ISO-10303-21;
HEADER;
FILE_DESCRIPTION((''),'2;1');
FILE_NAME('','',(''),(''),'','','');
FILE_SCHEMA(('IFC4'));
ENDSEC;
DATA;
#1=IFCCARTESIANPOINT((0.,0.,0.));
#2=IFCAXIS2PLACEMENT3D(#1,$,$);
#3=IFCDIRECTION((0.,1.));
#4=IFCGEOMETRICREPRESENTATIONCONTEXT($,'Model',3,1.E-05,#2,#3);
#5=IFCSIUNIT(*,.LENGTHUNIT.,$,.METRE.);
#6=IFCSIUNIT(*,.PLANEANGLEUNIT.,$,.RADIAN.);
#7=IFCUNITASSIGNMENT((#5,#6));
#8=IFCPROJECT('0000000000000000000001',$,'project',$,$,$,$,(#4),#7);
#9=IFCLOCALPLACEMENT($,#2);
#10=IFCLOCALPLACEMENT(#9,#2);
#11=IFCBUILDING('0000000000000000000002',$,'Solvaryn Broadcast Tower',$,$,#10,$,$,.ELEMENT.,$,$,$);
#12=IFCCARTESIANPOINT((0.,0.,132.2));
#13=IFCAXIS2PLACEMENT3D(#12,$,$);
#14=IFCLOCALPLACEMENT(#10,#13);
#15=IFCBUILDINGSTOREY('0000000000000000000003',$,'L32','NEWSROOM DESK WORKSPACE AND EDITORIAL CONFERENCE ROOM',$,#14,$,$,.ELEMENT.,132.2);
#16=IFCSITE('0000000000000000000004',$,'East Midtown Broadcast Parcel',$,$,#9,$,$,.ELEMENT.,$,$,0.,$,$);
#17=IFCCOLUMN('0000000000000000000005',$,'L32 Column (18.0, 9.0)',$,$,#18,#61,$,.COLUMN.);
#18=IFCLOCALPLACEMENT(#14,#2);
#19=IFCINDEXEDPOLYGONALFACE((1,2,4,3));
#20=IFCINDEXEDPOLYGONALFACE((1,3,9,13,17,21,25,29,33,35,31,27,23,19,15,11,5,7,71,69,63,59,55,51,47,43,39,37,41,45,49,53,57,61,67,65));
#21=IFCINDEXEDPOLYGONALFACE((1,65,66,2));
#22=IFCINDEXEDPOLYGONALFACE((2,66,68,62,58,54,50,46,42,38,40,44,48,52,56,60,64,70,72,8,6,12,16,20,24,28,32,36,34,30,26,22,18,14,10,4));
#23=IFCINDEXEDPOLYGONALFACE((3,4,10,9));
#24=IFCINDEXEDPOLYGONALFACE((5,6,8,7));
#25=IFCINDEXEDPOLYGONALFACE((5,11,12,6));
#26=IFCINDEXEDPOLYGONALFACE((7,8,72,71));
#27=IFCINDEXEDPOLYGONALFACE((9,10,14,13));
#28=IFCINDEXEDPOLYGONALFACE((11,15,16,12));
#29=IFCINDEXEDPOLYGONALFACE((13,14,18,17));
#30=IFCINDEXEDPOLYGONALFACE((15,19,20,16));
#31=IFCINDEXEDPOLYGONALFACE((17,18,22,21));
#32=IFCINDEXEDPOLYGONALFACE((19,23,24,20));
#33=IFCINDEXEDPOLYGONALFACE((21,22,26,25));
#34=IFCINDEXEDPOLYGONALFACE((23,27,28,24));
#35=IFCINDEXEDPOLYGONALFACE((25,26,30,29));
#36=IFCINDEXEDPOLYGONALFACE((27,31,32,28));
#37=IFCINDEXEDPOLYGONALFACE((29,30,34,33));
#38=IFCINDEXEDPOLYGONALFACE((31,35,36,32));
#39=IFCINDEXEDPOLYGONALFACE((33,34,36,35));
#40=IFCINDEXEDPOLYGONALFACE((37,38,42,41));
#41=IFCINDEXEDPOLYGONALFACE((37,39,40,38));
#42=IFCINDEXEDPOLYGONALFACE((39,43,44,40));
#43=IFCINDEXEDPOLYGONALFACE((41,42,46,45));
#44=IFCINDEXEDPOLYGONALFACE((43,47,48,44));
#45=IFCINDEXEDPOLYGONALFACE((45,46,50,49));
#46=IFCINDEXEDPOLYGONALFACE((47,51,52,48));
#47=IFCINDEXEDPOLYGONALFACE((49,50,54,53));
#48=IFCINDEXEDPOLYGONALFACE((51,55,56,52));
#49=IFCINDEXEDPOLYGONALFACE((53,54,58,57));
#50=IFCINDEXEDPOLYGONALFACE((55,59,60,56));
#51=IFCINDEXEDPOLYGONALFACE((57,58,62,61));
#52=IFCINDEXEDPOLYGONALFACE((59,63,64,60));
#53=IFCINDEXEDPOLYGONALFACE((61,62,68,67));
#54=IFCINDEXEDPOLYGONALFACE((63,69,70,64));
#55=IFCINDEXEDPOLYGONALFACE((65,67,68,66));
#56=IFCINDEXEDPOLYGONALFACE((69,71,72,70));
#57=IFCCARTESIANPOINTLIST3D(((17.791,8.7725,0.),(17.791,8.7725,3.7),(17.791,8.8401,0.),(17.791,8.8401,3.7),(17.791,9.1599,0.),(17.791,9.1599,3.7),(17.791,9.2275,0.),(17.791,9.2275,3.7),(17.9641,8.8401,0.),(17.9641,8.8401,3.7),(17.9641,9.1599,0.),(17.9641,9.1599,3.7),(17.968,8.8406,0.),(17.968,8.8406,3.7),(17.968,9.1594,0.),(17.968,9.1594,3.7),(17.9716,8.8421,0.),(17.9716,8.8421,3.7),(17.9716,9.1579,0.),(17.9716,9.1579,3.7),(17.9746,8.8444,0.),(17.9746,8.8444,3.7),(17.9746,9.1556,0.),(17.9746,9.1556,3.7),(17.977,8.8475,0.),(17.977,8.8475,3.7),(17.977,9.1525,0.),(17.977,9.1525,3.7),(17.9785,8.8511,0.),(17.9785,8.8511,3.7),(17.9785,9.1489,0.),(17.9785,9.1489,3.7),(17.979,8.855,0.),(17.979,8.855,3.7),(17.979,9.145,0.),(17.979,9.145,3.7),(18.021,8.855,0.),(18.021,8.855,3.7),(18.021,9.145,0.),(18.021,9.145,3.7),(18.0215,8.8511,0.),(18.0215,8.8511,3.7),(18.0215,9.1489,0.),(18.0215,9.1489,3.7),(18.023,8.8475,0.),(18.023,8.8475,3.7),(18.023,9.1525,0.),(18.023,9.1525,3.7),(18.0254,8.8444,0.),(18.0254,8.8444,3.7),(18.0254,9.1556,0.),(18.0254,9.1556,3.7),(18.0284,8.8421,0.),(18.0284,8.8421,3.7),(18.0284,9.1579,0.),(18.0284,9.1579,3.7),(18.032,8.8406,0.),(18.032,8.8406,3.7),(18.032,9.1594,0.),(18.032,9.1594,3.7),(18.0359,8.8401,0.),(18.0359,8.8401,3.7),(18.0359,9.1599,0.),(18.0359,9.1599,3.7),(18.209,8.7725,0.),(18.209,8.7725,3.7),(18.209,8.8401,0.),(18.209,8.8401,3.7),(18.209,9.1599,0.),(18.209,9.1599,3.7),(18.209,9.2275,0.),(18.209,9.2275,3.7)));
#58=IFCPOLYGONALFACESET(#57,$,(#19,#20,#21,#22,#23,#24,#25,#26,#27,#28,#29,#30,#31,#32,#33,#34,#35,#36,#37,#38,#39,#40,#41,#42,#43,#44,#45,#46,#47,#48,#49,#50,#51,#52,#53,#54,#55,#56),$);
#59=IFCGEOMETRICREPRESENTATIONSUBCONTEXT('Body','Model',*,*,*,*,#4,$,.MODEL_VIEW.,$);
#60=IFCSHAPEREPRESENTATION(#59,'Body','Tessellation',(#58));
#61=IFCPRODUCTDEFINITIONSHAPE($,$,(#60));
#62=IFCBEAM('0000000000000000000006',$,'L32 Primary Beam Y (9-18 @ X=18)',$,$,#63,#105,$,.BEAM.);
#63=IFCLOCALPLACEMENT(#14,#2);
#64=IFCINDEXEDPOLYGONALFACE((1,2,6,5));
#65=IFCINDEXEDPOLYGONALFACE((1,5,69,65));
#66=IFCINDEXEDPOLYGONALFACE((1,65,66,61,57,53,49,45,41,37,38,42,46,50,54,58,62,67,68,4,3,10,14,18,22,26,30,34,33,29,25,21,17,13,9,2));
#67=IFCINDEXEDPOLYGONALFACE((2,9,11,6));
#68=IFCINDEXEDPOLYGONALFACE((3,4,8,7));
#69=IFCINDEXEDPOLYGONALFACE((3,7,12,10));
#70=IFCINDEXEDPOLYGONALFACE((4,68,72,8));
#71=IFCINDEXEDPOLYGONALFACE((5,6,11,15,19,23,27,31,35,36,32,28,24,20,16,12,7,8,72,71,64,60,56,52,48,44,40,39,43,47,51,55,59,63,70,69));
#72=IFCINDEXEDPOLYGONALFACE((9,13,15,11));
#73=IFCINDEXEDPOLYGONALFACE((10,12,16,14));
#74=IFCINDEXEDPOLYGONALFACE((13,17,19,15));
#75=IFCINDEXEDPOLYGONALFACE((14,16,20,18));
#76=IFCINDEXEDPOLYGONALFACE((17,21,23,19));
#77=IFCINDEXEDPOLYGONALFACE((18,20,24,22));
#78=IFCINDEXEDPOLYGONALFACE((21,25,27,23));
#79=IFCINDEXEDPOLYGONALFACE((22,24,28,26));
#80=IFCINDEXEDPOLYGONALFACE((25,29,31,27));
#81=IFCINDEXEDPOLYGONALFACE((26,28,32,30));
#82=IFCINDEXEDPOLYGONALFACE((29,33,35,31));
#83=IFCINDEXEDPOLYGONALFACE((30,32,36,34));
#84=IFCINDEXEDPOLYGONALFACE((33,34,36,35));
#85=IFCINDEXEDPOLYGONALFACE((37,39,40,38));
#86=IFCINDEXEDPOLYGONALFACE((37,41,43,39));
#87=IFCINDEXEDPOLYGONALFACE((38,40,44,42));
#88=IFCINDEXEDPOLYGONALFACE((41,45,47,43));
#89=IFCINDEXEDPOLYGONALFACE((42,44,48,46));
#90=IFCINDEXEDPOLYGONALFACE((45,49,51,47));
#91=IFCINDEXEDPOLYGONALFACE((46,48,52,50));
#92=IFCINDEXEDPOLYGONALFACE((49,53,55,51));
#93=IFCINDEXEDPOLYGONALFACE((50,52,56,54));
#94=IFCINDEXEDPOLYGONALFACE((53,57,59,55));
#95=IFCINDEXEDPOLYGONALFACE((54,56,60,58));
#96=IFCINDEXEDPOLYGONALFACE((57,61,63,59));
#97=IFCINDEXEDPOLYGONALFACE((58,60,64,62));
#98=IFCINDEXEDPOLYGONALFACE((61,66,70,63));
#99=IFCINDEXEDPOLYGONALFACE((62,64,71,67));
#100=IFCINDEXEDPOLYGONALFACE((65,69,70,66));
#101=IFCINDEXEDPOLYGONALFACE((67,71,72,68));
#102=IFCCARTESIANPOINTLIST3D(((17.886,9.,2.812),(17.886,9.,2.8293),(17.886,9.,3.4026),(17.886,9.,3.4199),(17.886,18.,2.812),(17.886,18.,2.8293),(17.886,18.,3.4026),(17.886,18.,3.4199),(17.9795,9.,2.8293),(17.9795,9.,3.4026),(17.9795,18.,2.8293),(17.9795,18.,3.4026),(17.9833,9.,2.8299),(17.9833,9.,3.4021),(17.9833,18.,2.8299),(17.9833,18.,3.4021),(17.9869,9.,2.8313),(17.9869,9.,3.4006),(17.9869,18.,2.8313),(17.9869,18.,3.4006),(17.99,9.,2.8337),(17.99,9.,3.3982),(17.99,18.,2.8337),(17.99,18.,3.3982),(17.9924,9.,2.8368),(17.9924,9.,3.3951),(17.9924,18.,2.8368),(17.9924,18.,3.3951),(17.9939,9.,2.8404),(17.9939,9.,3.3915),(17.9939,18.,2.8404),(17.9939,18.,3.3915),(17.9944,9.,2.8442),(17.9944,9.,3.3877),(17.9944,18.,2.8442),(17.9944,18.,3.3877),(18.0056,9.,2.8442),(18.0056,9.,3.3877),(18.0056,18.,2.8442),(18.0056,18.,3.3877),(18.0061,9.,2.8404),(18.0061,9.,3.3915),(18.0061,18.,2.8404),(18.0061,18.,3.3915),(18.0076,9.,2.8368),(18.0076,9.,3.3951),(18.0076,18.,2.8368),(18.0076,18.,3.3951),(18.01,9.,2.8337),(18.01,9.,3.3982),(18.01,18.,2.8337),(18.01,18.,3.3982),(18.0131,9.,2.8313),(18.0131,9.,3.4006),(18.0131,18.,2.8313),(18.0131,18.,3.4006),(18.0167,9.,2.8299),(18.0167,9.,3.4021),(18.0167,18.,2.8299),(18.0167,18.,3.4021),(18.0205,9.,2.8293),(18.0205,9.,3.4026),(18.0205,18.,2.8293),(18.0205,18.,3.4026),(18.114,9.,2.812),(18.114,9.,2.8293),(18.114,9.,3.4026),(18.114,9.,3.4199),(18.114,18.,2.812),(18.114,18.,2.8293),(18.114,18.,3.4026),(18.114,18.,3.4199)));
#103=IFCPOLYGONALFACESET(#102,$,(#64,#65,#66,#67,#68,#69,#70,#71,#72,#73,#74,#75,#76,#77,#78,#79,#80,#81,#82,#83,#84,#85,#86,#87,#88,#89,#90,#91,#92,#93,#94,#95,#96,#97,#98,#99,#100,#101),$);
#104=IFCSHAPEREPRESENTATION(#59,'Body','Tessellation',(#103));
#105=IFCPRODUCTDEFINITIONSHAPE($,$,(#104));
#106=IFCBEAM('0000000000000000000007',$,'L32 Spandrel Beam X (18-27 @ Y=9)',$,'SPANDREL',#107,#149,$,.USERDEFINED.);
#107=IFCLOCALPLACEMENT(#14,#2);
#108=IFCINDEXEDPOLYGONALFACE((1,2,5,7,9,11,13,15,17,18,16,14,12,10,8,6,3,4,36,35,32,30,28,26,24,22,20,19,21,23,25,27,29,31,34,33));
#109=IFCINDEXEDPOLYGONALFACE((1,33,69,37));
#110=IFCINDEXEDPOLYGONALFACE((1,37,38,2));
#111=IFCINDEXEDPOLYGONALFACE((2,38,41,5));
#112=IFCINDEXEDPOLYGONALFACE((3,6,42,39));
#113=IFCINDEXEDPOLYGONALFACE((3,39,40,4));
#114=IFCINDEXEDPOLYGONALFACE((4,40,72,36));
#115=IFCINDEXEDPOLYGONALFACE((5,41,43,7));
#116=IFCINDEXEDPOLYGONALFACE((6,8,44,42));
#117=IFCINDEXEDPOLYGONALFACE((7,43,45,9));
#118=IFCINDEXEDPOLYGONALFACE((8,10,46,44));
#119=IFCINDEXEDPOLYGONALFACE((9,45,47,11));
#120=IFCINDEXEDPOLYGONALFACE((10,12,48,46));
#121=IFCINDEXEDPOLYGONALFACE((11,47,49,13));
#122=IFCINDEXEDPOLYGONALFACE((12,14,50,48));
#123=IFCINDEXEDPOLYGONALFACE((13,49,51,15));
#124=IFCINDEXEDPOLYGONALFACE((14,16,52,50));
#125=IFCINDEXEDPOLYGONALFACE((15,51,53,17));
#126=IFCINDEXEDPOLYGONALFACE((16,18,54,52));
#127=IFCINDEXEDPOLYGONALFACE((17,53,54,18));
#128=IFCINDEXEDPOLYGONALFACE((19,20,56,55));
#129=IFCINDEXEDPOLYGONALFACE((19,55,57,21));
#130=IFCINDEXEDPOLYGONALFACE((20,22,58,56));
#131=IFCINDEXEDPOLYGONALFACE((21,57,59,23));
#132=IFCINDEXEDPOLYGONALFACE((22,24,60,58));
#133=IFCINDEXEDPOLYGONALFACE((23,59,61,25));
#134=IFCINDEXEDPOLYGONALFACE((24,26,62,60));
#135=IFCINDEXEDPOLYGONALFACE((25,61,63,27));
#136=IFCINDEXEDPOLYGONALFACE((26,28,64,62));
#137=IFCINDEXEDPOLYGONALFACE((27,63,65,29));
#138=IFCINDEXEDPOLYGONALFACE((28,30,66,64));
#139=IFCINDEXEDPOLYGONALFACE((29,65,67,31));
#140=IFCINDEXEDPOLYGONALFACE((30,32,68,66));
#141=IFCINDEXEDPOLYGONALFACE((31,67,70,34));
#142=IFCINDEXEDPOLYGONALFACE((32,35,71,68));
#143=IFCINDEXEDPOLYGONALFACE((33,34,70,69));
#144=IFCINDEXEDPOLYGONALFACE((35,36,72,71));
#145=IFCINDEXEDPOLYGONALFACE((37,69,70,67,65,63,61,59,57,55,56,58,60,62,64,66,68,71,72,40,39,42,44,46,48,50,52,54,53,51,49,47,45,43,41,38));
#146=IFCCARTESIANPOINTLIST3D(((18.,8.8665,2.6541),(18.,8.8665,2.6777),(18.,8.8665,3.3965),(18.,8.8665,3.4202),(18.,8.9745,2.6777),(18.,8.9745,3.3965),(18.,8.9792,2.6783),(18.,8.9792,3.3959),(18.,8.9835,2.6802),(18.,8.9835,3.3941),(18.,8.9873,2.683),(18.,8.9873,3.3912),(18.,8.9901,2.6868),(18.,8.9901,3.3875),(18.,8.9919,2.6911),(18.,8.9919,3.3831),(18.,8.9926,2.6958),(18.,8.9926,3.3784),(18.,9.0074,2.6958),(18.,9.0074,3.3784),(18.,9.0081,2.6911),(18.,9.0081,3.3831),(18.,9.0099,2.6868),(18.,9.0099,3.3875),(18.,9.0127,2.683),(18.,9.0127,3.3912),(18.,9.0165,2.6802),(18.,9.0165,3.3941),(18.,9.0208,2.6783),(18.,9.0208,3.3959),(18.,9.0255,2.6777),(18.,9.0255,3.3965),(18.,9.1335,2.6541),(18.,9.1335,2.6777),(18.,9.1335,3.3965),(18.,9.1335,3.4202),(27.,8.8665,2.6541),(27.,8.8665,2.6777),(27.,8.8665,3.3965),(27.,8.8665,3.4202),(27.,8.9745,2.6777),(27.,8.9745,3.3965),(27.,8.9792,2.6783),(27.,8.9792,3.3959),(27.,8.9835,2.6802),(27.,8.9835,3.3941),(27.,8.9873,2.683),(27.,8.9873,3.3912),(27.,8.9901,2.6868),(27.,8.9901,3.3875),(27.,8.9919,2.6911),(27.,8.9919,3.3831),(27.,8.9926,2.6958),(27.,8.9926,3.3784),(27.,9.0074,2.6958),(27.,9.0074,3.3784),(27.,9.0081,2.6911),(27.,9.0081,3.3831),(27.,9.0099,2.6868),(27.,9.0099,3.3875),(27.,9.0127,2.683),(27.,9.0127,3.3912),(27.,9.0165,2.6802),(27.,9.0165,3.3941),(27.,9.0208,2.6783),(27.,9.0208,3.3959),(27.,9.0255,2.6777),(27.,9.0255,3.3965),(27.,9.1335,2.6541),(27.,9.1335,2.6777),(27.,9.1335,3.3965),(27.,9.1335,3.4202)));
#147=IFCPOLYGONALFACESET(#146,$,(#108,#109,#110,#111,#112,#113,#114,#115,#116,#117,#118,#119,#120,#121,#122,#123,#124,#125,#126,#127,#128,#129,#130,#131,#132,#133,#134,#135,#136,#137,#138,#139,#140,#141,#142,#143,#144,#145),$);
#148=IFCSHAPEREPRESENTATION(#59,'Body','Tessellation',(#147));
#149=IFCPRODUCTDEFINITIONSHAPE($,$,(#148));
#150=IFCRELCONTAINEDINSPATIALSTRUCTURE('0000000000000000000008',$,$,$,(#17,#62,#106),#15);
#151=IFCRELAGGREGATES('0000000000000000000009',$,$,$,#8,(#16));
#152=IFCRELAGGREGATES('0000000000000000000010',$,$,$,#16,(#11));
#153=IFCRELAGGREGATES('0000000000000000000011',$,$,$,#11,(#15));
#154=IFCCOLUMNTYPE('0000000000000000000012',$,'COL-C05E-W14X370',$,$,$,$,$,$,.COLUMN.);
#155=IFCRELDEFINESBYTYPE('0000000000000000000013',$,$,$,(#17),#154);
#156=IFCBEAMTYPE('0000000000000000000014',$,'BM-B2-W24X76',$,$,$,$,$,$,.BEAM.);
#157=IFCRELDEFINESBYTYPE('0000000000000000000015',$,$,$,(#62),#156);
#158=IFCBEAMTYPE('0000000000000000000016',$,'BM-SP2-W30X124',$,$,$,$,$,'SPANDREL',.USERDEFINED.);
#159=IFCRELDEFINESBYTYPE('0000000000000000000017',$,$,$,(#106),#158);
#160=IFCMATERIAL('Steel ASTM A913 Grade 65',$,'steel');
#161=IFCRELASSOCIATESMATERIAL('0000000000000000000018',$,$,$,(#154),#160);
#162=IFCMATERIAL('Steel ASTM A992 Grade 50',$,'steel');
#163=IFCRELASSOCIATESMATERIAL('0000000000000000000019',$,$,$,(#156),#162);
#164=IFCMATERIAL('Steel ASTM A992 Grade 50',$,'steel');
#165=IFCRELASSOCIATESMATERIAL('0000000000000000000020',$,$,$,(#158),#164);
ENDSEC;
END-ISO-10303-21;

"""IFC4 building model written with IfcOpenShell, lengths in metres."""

from ifc_helpers import new_model, si_unit, direction, frame, origin, origin_2d, place, context, subcontext, project, spatial, i_section, extrude, material, material_profile, profile_set, type_object, element, save


model = new_model("IFC4")

# Units and contexts
model_context = context("Model", 3, precision=1e-05, world=origin(), true_north=direction((0.0, 1.0)))
body_context = subcontext(model_context, "Body", "Model", "MODEL_VIEW")
ifc_project = project(units=[si_unit("LENGTHUNIT", "METRE"), si_unit("PLANEANGLEUNIT", "RADIAN")], contexts=[model_context])

# Site, building, storey
site_placement = place(None, origin())
site = spatial("IfcSite", under=ifc_project, at=site_placement, Name="East Midtown Broadcast Parcel", CompositionType="ELEMENT", RefElevation=0.0)
building_placement = place(site_placement, origin())
building = spatial("IfcBuilding", under=site, at=building_placement, Name="Solvaryn Broadcast Tower", CompositionType="ELEMENT")
storey_placement = place(building_placement, frame((0.0, 0.0, 132.2)))
storey = spatial("IfcBuildingStorey", under=building, at=storey_placement, Name="L32", Description="NEWSROOM DESK WORKSPACE AND EDITORIAL CONFERENCE ROOM", CompositionType="ELEMENT", Elevation=132.2)

# Column
ifc_material_1 = material(Name="Steel ASTM A913 Grade 65", Category="steel")
ifc_material_profile_1 = material_profile(ifc_material_1, i_section(OverallWidth=0.418, OverallDepth=0.4551, WebThickness=0.042, FlangeThickness=0.0676, FilletRadius=0.0149, at=origin_2d()))
ifc_profile_set_1 = profile_set([ifc_material_profile_1], Name="Steel ASTM A913 Grade 65")
column_type = type_object("IfcColumnType", Name="COL-C05E-W14X370", PredefinedType="COLUMN", material=ifc_profile_set_1)
column_placement = place(storey_placement, frame((18.0, 9.0, 0.0), z_axis=(0.0, 0.0, 1.0), x_axis=(1.0, 0.0, 0.0)))
element("IfcColumn", 1, at=column_placement, inside=storey, type_object=column_type, Name="L32 Column (18.0, 9.0)", PredefinedType="COLUMN", context=body_context, shape_type="SweptSolid", body=[
    extrude(i_section(OverallWidth=0.418, OverallDepth=0.4551, WebThickness=0.042, FlangeThickness=0.0676, FilletRadius=0.0149, at=origin_2d()), origin(), (0.0, 0.0, 1.0), 3.7),
])

# Beams
ifc_material_2 = material(Name="Steel ASTM A992 Grade 50", Category="steel")
ifc_material_profile_2 = material_profile(ifc_material_2, i_section(OverallWidth=0.228, OverallDepth=0.6079, WebThickness=0.0112, FlangeThickness=0.0173, FilletRadius=0.0149, at=origin_2d()))
ifc_profile_set_2 = profile_set([ifc_material_profile_2], Name="Steel ASTM A992 Grade 50")
beam_type_1 = type_object("IfcBeamType", Name="BM-B2-W24X76", PredefinedType="BEAM", material=ifc_profile_set_2)
beam_1_placement = place(storey_placement, frame((18.0, 9.0, 3.116), z_axis=(0.0, 1.0, 0.0), x_axis=(-1.0, 0.0, 0.0)))
element("IfcBeam", 2, at=beam_1_placement, inside=storey, type_object=beam_type_1, Name="L32 Primary Beam Y (9-18 @ X=18)", PredefinedType="BEAM", context=body_context, shape_type="SweptSolid", body=[
    extrude(i_section(OverallWidth=0.228, OverallDepth=0.6079, WebThickness=0.0112, FlangeThickness=0.0173, FilletRadius=0.0149, at=origin_2d()), origin(), (0.0, 0.0, 1.0), 9.0),
])
ifc_material_3 = material(Name="Steel ASTM A992 Grade 50", Category="steel")
ifc_material_profile_3 = material_profile(ifc_material_3, i_section(OverallWidth=0.2671, OverallDepth=0.7661, WebThickness=0.0149, FlangeThickness=0.0237, FilletRadius=0.0181, at=origin_2d()))
ifc_profile_set_3 = profile_set([ifc_material_profile_3], Name="Steel ASTM A992 Grade 50")
beam_type_2 = type_object("IfcBeamType", Name="BM-SP2-W30X124", ElementType="SPANDREL", PredefinedType="USERDEFINED", material=ifc_profile_set_3)
beam_2_placement = place(storey_placement, frame((18.0, 9.0, 3.0371), z_axis=(1.0, 0.0, 0.0), x_axis=(0.0, 1.0, 0.0)))
element("IfcBeam", 3, at=beam_2_placement, inside=storey, type_object=beam_type_2, Name="L32 Spandrel Beam X (18-27 @ Y=9)", ObjectType="SPANDREL", PredefinedType="USERDEFINED", context=body_context, shape_type="SweptSolid", body=[
    extrude(i_section(OverallWidth=0.2671, OverallDepth=0.7661, WebThickness=0.0149, FlangeThickness=0.0237, FilletRadius=0.0181, at=origin_2d()), origin(), (0.0, 0.0, 1.0), 9.0),
])

save(model, "model.ifc")
